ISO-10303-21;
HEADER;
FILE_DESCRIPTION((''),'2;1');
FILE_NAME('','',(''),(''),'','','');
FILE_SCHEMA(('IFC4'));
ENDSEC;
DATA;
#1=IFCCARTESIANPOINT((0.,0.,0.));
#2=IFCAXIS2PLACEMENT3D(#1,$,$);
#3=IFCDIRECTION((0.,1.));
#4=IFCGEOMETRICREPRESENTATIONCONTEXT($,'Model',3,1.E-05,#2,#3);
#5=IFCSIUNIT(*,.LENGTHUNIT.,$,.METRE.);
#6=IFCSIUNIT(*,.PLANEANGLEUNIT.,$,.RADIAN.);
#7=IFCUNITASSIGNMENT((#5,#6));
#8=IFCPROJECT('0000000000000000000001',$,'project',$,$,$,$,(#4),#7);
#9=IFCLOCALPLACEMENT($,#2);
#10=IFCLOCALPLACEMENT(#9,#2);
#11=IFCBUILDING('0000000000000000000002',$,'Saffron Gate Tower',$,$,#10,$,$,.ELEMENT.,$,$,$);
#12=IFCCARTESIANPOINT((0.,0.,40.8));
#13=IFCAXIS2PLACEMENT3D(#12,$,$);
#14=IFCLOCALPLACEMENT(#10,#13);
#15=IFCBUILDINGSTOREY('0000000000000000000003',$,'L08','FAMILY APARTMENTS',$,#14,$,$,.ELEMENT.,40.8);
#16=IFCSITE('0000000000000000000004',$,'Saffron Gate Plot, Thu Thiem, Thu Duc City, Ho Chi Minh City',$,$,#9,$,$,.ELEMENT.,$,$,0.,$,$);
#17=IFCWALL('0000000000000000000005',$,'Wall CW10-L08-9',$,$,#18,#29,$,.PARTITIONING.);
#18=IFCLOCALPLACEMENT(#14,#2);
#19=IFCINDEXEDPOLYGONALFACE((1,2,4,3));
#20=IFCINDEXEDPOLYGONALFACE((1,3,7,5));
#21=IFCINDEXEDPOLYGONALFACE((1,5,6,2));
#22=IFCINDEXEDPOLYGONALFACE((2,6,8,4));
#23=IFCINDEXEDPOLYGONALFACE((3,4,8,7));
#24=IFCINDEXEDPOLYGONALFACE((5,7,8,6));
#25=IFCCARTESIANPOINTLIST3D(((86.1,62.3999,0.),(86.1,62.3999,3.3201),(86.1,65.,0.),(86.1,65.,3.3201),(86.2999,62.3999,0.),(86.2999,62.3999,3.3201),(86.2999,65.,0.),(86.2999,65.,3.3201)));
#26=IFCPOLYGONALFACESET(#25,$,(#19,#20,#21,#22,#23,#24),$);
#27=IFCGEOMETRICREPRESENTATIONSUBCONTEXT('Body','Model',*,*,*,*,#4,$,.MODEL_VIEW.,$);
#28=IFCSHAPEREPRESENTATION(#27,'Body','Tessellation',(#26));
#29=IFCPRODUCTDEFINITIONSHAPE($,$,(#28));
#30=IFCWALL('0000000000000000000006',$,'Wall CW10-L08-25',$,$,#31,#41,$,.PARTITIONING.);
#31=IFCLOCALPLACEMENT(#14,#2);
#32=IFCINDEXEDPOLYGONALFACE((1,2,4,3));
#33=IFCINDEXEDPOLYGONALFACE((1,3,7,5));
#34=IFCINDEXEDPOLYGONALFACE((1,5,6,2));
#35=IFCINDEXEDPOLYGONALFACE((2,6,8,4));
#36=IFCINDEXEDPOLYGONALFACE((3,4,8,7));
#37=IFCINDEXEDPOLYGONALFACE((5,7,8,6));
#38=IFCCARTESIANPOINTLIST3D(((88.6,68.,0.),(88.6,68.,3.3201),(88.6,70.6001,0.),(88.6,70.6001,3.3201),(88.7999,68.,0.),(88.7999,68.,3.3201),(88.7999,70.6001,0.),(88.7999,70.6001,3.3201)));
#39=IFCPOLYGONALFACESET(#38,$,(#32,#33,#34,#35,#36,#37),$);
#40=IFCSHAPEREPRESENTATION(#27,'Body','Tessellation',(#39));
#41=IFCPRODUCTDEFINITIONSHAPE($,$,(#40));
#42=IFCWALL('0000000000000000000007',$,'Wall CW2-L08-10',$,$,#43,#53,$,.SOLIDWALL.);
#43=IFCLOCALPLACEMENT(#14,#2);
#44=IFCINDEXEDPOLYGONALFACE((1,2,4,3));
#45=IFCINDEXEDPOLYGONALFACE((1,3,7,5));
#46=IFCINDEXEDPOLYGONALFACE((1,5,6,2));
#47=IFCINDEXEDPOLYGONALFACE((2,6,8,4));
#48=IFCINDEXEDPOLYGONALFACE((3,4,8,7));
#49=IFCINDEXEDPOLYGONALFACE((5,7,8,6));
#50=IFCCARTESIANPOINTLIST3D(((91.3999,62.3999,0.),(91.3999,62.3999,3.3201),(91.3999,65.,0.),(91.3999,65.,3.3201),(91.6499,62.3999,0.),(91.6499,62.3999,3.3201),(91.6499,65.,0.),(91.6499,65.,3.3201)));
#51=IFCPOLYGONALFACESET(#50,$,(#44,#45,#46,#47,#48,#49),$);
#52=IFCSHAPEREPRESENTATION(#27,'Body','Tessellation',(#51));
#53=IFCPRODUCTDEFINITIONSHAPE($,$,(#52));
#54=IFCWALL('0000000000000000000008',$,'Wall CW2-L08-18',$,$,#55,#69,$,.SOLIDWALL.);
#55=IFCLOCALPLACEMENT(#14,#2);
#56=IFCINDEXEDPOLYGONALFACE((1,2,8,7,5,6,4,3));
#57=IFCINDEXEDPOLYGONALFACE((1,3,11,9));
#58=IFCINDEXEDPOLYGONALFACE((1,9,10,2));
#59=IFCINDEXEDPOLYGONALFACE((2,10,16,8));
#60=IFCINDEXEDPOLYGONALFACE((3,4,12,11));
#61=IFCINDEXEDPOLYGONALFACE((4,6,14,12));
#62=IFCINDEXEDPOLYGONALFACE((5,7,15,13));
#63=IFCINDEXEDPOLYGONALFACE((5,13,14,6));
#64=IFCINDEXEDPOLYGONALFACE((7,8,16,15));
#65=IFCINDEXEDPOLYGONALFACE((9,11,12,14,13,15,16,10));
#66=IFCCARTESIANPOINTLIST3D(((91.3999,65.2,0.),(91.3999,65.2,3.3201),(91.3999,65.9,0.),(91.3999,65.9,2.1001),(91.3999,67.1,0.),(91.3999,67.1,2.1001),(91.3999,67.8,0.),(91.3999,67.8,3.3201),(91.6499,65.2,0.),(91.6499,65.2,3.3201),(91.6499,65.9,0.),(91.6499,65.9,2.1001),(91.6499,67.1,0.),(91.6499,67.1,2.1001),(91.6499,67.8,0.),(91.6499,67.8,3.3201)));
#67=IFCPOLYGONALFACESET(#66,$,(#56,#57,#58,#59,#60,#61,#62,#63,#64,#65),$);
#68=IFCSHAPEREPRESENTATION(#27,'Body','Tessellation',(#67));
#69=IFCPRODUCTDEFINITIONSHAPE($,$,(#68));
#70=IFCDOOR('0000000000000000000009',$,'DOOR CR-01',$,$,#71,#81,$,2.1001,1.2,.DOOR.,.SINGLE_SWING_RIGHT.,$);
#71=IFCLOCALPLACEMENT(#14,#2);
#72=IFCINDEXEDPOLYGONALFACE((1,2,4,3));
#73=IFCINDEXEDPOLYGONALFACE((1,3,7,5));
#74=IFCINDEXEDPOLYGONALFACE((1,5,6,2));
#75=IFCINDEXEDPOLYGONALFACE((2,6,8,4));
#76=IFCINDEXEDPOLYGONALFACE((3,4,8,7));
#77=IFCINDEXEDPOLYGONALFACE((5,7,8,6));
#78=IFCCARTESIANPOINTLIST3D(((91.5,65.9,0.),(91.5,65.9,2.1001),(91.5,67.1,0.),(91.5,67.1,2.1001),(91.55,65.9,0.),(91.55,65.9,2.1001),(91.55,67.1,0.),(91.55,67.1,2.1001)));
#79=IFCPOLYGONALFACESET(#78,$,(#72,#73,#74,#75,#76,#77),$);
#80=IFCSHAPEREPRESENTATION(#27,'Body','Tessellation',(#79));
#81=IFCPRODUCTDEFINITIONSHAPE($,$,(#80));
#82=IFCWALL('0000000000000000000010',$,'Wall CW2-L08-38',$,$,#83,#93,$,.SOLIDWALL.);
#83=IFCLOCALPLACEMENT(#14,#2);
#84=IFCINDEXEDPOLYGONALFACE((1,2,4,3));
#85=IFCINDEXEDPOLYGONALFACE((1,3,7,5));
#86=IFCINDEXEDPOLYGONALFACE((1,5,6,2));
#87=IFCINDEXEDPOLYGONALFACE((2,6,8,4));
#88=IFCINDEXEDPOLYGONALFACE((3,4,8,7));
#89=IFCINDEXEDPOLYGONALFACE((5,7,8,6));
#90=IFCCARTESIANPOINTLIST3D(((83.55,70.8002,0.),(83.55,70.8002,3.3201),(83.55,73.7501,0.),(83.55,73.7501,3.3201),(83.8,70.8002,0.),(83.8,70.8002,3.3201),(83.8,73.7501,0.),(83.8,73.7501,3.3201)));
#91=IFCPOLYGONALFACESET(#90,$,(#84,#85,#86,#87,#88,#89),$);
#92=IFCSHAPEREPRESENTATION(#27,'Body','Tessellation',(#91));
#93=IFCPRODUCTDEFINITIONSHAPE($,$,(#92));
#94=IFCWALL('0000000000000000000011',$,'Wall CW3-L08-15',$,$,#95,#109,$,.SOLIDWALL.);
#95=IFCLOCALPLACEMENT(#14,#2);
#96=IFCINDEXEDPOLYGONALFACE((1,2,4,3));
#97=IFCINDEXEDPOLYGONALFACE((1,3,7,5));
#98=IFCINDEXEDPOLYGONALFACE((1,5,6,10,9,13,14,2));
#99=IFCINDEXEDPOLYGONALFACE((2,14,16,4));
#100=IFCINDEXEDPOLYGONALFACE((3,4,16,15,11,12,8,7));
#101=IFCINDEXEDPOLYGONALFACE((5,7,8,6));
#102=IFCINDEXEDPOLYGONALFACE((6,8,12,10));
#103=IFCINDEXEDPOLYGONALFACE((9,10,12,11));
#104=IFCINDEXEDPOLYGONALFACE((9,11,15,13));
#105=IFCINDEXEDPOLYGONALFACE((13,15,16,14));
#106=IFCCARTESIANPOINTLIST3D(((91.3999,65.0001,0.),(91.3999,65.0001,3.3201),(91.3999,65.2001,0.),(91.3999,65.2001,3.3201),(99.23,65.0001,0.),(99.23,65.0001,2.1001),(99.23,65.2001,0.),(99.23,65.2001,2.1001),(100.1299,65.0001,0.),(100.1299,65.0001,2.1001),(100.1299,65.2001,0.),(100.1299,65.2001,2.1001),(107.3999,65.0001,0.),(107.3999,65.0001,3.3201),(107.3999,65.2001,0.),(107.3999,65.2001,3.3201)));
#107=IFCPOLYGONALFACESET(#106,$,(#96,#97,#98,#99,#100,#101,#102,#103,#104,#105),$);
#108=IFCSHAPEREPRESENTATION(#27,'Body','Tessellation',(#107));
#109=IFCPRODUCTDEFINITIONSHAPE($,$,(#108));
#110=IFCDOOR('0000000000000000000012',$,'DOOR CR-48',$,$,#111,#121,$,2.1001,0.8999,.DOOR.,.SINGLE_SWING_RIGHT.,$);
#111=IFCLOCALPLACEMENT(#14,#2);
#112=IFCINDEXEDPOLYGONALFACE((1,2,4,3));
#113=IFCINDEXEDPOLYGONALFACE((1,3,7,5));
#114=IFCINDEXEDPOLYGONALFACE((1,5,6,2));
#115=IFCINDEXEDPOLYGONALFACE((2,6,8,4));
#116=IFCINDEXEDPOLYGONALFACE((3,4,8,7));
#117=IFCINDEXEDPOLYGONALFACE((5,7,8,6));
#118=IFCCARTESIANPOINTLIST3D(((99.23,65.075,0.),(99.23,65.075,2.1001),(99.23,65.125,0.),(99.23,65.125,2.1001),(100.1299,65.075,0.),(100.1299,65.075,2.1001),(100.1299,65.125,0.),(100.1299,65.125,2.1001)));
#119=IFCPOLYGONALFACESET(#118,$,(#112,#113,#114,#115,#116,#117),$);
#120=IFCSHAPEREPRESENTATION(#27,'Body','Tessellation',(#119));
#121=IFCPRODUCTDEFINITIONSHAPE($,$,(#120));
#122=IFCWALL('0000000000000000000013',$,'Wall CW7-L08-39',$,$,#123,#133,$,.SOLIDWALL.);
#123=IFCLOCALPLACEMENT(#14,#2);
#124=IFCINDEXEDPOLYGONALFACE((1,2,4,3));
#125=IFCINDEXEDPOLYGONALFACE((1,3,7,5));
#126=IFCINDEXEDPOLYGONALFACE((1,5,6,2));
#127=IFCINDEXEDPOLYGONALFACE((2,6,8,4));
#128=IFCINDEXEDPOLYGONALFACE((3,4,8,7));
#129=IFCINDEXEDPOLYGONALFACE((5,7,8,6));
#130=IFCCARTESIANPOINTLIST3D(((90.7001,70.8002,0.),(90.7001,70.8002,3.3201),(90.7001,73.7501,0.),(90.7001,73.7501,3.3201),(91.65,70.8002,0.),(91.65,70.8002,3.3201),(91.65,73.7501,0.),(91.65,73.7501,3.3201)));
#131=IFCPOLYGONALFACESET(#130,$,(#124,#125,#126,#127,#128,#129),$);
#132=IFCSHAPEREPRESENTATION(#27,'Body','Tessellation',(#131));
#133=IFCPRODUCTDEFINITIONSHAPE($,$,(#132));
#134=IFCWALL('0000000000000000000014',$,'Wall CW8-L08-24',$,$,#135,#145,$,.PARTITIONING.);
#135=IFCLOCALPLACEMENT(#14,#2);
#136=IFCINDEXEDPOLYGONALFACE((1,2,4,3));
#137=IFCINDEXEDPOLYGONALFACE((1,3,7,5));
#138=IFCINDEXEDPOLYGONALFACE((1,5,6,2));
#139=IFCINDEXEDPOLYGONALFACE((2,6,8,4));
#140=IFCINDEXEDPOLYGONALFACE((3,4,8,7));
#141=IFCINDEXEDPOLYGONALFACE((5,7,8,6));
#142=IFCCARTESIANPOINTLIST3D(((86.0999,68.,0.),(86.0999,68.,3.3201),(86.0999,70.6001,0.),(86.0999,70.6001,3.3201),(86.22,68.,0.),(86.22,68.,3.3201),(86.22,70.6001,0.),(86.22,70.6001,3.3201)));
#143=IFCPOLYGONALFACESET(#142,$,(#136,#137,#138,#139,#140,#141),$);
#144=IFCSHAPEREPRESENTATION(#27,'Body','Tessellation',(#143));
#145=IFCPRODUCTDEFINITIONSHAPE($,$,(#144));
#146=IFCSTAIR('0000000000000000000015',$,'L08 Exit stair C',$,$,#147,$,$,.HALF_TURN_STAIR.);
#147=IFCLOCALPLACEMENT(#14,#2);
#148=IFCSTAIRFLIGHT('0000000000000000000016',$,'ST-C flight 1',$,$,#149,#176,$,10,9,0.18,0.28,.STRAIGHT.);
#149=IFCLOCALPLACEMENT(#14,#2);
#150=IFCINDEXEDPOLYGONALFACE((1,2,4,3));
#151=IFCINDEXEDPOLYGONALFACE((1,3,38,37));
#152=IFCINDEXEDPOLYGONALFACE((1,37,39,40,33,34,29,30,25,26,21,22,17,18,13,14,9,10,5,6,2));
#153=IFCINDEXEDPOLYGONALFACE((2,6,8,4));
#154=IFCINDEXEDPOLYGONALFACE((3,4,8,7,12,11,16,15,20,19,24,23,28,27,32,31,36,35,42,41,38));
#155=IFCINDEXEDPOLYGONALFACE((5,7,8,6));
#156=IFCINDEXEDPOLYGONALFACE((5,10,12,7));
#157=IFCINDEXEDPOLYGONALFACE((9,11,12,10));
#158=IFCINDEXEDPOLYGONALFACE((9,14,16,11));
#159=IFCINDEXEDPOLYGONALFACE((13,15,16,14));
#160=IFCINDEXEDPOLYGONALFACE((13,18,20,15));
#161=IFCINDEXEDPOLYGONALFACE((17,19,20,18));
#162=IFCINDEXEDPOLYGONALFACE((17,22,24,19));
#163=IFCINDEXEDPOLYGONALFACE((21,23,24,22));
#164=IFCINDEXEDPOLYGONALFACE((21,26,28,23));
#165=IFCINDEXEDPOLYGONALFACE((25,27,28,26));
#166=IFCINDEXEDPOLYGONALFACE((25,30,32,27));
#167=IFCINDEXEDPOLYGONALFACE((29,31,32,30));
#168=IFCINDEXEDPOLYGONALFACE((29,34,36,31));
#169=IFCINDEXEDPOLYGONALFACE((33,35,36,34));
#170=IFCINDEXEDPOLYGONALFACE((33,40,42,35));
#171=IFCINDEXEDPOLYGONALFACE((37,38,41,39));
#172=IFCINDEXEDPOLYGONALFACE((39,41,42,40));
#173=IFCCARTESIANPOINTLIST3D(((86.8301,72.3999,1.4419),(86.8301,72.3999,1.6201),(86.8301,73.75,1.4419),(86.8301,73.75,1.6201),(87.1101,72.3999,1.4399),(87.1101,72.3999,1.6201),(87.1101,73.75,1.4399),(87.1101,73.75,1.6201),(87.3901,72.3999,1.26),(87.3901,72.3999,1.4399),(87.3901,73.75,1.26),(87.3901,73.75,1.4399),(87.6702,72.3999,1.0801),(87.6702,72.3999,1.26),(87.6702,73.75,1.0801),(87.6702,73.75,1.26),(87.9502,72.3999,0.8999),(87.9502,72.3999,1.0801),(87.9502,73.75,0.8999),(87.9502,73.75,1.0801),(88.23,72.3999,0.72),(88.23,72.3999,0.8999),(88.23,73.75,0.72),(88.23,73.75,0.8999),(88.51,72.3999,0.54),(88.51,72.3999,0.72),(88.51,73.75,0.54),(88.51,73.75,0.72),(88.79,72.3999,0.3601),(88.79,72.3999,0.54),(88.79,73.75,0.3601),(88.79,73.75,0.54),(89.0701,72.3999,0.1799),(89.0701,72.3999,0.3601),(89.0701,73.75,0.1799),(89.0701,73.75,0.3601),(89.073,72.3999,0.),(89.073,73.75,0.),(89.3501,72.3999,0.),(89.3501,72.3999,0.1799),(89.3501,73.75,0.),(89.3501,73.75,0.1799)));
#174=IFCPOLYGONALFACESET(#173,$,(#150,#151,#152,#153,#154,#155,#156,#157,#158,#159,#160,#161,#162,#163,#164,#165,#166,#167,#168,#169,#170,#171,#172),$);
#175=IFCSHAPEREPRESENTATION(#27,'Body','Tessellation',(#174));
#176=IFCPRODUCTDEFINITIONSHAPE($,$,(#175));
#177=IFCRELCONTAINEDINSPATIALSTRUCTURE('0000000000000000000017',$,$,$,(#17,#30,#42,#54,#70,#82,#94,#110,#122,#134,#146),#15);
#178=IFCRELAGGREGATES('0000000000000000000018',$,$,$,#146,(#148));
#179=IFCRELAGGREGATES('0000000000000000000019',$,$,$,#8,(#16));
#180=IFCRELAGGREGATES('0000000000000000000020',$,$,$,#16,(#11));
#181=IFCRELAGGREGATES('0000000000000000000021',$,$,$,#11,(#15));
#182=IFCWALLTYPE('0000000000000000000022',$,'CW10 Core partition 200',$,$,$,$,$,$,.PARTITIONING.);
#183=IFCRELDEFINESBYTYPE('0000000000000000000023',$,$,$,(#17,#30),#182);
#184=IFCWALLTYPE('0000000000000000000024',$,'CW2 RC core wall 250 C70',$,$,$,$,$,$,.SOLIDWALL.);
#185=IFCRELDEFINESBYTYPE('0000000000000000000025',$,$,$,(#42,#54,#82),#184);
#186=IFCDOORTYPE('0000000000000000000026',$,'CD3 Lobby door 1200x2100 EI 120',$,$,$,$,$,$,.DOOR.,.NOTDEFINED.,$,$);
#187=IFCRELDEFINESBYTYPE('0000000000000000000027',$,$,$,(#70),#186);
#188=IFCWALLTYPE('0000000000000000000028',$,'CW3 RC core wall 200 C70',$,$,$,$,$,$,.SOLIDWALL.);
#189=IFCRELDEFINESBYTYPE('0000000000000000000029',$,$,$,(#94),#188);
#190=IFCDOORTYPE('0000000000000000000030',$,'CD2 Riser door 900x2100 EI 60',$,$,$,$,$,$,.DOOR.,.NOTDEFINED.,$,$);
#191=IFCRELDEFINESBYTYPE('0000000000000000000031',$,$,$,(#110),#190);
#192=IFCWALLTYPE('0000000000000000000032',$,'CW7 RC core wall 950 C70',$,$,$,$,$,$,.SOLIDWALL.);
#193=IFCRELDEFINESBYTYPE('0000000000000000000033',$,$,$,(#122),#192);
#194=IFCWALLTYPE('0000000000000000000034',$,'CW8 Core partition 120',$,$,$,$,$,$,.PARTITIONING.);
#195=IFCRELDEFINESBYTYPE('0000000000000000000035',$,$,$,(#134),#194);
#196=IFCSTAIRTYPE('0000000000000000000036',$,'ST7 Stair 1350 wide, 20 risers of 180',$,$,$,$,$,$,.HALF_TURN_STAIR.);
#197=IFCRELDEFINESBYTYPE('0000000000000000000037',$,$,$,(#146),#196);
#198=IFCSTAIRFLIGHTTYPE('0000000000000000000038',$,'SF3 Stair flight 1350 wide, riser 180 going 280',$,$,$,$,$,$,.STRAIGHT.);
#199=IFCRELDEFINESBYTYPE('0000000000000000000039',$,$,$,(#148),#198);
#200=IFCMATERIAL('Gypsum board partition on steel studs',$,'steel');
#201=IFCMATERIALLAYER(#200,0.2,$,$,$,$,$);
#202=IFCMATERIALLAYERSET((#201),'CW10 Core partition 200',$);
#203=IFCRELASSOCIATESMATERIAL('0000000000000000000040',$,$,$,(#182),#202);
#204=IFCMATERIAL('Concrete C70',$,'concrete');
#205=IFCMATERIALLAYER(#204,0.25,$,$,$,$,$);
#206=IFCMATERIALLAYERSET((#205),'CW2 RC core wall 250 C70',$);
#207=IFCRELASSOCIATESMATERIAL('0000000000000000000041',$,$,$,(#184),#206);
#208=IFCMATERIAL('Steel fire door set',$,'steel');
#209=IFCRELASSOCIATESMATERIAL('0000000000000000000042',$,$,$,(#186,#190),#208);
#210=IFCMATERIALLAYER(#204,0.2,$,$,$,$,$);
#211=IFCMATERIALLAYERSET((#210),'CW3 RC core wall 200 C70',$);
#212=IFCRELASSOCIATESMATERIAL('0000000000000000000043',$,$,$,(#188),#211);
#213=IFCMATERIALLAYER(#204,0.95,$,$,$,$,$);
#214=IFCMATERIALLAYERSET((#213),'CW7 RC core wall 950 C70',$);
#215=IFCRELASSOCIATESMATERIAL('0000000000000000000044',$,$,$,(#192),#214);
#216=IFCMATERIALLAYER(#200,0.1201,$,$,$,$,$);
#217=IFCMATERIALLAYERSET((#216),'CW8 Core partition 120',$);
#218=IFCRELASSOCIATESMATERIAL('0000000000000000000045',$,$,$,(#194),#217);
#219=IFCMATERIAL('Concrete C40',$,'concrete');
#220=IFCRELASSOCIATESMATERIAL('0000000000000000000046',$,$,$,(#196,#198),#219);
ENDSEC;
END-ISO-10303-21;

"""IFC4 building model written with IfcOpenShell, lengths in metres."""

from ifc_helpers import new_model, si_unit, direction, frame, frame_2d, origin, place, context, subcontext, project, spatial, polyline, rectangle, outline, extrude, material, layer, layer_set, type_object, element, fill, aggregate, save


model = new_model("IFC4")

# Units and contexts
model_context = context("Model", 3, precision=1e-05, world=origin(), true_north=direction((0.0, 1.0)))
body_context = subcontext(model_context, "Body", "Model", "MODEL_VIEW")
ifc_project = project(units=[si_unit("LENGTHUNIT", "METRE"), si_unit("PLANEANGLEUNIT", "RADIAN")], contexts=[model_context])

# Site, building, storey
site_placement = place(None, origin())
site = spatial("IfcSite", under=ifc_project, at=site_placement, Name="Saffron Gate Plot, Thu Thiem, Thu Duc City, Ho Chi Minh City", CompositionType="ELEMENT", RefElevation=0.0)
building_placement = place(site_placement, origin())
building = spatial("IfcBuilding", under=site, at=building_placement, Name="Saffron Gate Tower", CompositionType="ELEMENT")
storey_placement = place(building_placement, frame((0.0, 0.0, 40.8)))
storey = spatial("IfcBuildingStorey", under=building, at=storey_placement, Name="L08", Description="FAMILY APARTMENTS", CompositionType="ELEMENT", Elevation=40.8)

# Walls
ifc_material_1 = material(Name="Gypsum board partition on steel studs", Category="steel")
ifc_layer_1 = layer(ifc_material_1, 0.2)
ifc_layer_set_1 = layer_set([ifc_layer_1], Name="CW10 Core partition 200")
wall_type_1 = type_object("IfcWallType", Name="CW10 Core partition 200", PredefinedType="PARTITIONING", material=ifc_layer_set_1)
for number, where, z_axis, x_axis, name in (
    (1, (86.2, 62.3999, 0.0), (0.0, 0.0, 1.0), (0.0, 1.0, 0.0), "Wall CW10-L08-9"),
    (2, (88.7, 68.0, 0.0), (0.0, 0.0, 1.0), (0.0, 1.0, 0.0), "Wall CW10-L08-25"),
):
    element("IfcWall", number, at=place(storey_placement, frame(where, z_axis=z_axis, x_axis=x_axis)), inside=storey, type_object=wall_type_1, Name=name, PredefinedType="PARTITIONING", context=body_context, shape_type="SweptSolid", body=[
        extrude(rectangle(XDim=2.6001, YDim=0.2, at=frame_2d((1.3, 0.0))), origin(), (0.0, 0.0, 1.0), 3.3201),
    ])
ifc_material_2 = material(Name="Concrete C70", Category="concrete")
ifc_layer_2 = layer(ifc_material_2, 0.25)
ifc_layer_set_2 = layer_set([ifc_layer_2], Name="CW2 RC core wall 250 C70")
wall_type_2 = type_object("IfcWallType", Name="CW2 RC core wall 250 C70", PredefinedType="SOLIDWALL", material=ifc_layer_set_2)
wall_1_placement = place(storey_placement, frame((91.5249, 62.3999, 0.0), z_axis=(0.0, 0.0, 1.0), x_axis=(0.0, 1.0, 0.0)))
element("IfcWall", 3, at=wall_1_placement, inside=storey, type_object=wall_type_2, Name="Wall CW2-L08-10", PredefinedType="SOLIDWALL", context=body_context, shape_type="SweptSolid", body=[
    extrude(rectangle(XDim=2.6001, YDim=0.25, at=frame_2d((1.3, 0.0))), origin(), (0.0, 0.0, 1.0), 3.3201),
])

# Wall, opening, door
wall_2_placement = place(storey_placement, frame((91.5249, 65.2, 0.0), z_axis=(0.0, 0.0, 1.0), x_axis=(0.0, 1.0, 0.0)))
wall_2 = element("IfcWall", 4, at=wall_2_placement, inside=storey, type_object=wall_type_2, Name="Wall CW2-L08-18", PredefinedType="SOLIDWALL", context=body_context, shape_type="SweptSolid", body=[
    extrude(rectangle(XDim=2.6001, YDim=0.25, at=frame_2d((1.3, 0.0))), origin(), (0.0, 0.0, 1.0), 3.3201),
])
opening_1_placement = place(wall_2_placement, frame((0.7, 0.0, 0.0)))
opening_1 = element("IfcOpeningElement", 5, at=opening_1_placement, cuts=wall_2, PredefinedType="OPENING", context=body_context, shape_type="SweptSolid", body=[
    extrude(rectangle(XDim=1.2, YDim=2.1001, at=frame_2d((0.6001, 1.05))), frame((0.0, 0.135, 0.0), z_axis=(0.0, -1.0, 0.0), x_axis=(1.0, 0.0, 0.0)), (0.0, 0.0, 1.0), 0.27),
])
ifc_material_3 = material(Name="Steel fire door set", Category="steel")
door_type_1 = type_object("IfcDoorType", Name="CD3 Lobby door 1200x2100 EI 120", OperationType="NOTDEFINED", PredefinedType="DOOR", material=ifc_material_3)
door_1_placement = place(opening_1_placement, origin())
door_1 = element("IfcDoor", 6, at=door_1_placement, inside=storey, type_object=door_type_1, Name="DOOR CR-01", OperationType="SINGLE_SWING_RIGHT", OverallHeight=2.1001, OverallWidth=1.2, PredefinedType="DOOR", context=body_context, shape_type="SweptSolid", body=[
    extrude(rectangle(XDim=1.2, YDim=2.1001, at=frame_2d((0.6001, 1.05))), frame((0.0, 0.0249, 0.0), z_axis=(0.0, -1.0, 0.0), x_axis=(1.0, 0.0, 0.0)), (0.0, 0.0, 1.0), 0.05),
])
fill(opening_1, door_1)

# Wall
wall_3_placement = place(storey_placement, frame((83.675, 70.8, 0.0), z_axis=(0.0, 0.0, 1.0), x_axis=(0.0, 1.0, 0.0)))
element("IfcWall", 7, at=wall_3_placement, inside=storey, type_object=wall_type_2, Name="Wall CW2-L08-38", PredefinedType="SOLIDWALL", context=body_context, shape_type="SweptSolid", body=[
    extrude(rectangle(XDim=2.95, YDim=0.25, at=frame_2d((1.4751, 0.0))), origin(), (0.0, 0.0, 1.0), 3.3201),
])

# Wall, opening, door
ifc_layer_3 = layer(ifc_material_2, 0.2)
ifc_layer_set_3 = layer_set([ifc_layer_3], Name="CW3 RC core wall 200 C70")
wall_type_3 = type_object("IfcWallType", Name="CW3 RC core wall 200 C70", PredefinedType="SOLIDWALL", material=ifc_layer_set_3)
wall_4_placement = place(storey_placement, frame((91.3999, 65.1001, 0.0), z_axis=(0.0, 0.0, 1.0), x_axis=(1.0, 0.0, 0.0)))
wall_4 = element("IfcWall", 8, at=wall_4_placement, inside=storey, type_object=wall_type_3, Name="Wall CW3-L08-15", PredefinedType="SOLIDWALL", context=body_context, shape_type="SweptSolid", body=[
    extrude(rectangle(XDim=16.0, YDim=0.2, at=frame_2d((8.0, 0.0))), origin(), (0.0, 0.0, 1.0), 3.3201),
])
opening_2_placement = place(wall_4_placement, frame((7.8301, 0.0, 0.0)))
opening_2 = element("IfcOpeningElement", 9, at=opening_2_placement, cuts=wall_4, PredefinedType="OPENING", context=body_context, shape_type="SweptSolid", body=[
    extrude(rectangle(XDim=0.8999, YDim=2.1001, at=frame_2d((0.45, 1.05))), frame((0.0, 0.1099, 0.0), z_axis=(0.0, -1.0, 0.0), x_axis=(1.0, 0.0, 0.0)), (0.0, 0.0, 1.0), 0.22),
])
door_type_2 = type_object("IfcDoorType", Name="CD2 Riser door 900x2100 EI 60", OperationType="NOTDEFINED", PredefinedType="DOOR", material=ifc_material_3)
door_2_placement = place(opening_2_placement, origin())
door_2 = element("IfcDoor", 10, at=door_2_placement, inside=storey, type_object=door_type_2, Name="DOOR CR-48", OperationType="SINGLE_SWING_RIGHT", OverallHeight=2.1001, OverallWidth=0.8999, PredefinedType="DOOR", context=body_context, shape_type="SweptSolid", body=[
    extrude(rectangle(XDim=0.8999, YDim=2.1001, at=frame_2d((0.45, 1.05))), frame((0.0, 0.0249, 0.0), z_axis=(0.0, -1.0, 0.0), x_axis=(1.0, 0.0, 0.0)), (0.0, 0.0, 1.0), 0.05),
])
fill(opening_2, door_2)

# Walls
ifc_layer_4 = layer(ifc_material_2, 0.95)
ifc_layer_set_4 = layer_set([ifc_layer_4], Name="CW7 RC core wall 950 C70")
wall_type_4 = type_object("IfcWallType", Name="CW7 RC core wall 950 C70", PredefinedType="SOLIDWALL", material=ifc_layer_set_4)
wall_5_placement = place(storey_placement, frame((91.175, 70.8, 0.0), z_axis=(0.0, 0.0, 1.0), x_axis=(0.0, 1.0, 0.0)))
element("IfcWall", 11, at=wall_5_placement, inside=storey, type_object=wall_type_4, Name="Wall CW7-L08-39", PredefinedType="SOLIDWALL", context=body_context, shape_type="SweptSolid", body=[
    extrude(rectangle(XDim=2.95, YDim=0.95, at=frame_2d((1.4751, 0.0))), origin(), (0.0, 0.0, 1.0), 3.3201),
])
ifc_layer_5 = layer(ifc_material_1, 0.1201)
ifc_layer_set_5 = layer_set([ifc_layer_5], Name="CW8 Core partition 120")
wall_type_5 = type_object("IfcWallType", Name="CW8 Core partition 120", PredefinedType="PARTITIONING", material=ifc_layer_set_5)
wall_6_placement = place(storey_placement, frame((86.1599, 68.0, 0.0), z_axis=(0.0, 0.0, 1.0), x_axis=(0.0, 1.0, 0.0)))
element("IfcWall", 12, at=wall_6_placement, inside=storey, type_object=wall_type_5, Name="Wall CW8-L08-24", PredefinedType="PARTITIONING", context=body_context, shape_type="SweptSolid", body=[
    extrude(rectangle(XDim=2.6001, YDim=0.1201, at=frame_2d((1.3, 0.0))), origin(), (0.0, 0.0, 1.0), 3.3201),
])

# Stair, stair flight
ifc_material_4 = material(Name="Concrete C40", Category="concrete")
stair_type = type_object("IfcStairType", Name="ST7 Stair 1350 wide, 20 risers of 180", PredefinedType="HALF_TURN_STAIR", material=ifc_material_4)
stair_placement = place(storey_placement, origin())
stair = element("IfcStair", 13, at=stair_placement, inside=storey, type_object=stair_type, Name="L08 Exit stair C", PredefinedType="HALF_TURN_STAIR")
stair_flight_type = type_object("IfcStairFlightType", Name="SF3 Stair flight 1350 wide, riser 180 going 280", PredefinedType="STRAIGHT", material=ifc_material_4)
stair_flight_1_placement = place(storey_placement, frame((89.3501, 73.075, 0.0), z_axis=(0.0, 0.0, 1.0), x_axis=(-1.0, 0.0, 0.0)))
stair_flight_1 = element("IfcStairFlight", 14, at=stair_flight_1_placement, type_object=stair_flight_type, Name="ST-C flight 1", NumberOfRisers=10, NumberOfTreads=9, PredefinedType="STRAIGHT", RiserHeight=0.18, TreadLength=0.28, context=body_context, shape_type="SweptSolid", body=[
    extrude(outline(polyline([(0.0, 0.0), (0.0, 0.1799), (0.28, 0.1799), (0.28, 0.3601), (0.5601, 0.3601), (0.5601, 0.54), (0.8401, 0.54), (0.8401, 0.72), (1.1201, 0.72), (1.1201, 0.8999), (1.3999, 0.8999), (1.3999, 1.0801), (1.6799, 1.0801), (1.6799, 1.26), (1.96, 1.26), (1.96, 1.4399), (2.24, 1.4399), (2.24, 1.6201), (2.52, 1.6201), (2.52, 1.8), (2.52, 1.4419), (0.2771, 0.0), (0.0, 0.0)])), frame((0.0, 0.675, 0.0), z_axis=(0.0, -1.0, 0.0), x_axis=(1.0, 0.0, 0.0)), (0.0, 0.0, 1.0), 1.3501),
])
aggregate(stair, [stair_flight_1])

save(model, "model.ifc")
